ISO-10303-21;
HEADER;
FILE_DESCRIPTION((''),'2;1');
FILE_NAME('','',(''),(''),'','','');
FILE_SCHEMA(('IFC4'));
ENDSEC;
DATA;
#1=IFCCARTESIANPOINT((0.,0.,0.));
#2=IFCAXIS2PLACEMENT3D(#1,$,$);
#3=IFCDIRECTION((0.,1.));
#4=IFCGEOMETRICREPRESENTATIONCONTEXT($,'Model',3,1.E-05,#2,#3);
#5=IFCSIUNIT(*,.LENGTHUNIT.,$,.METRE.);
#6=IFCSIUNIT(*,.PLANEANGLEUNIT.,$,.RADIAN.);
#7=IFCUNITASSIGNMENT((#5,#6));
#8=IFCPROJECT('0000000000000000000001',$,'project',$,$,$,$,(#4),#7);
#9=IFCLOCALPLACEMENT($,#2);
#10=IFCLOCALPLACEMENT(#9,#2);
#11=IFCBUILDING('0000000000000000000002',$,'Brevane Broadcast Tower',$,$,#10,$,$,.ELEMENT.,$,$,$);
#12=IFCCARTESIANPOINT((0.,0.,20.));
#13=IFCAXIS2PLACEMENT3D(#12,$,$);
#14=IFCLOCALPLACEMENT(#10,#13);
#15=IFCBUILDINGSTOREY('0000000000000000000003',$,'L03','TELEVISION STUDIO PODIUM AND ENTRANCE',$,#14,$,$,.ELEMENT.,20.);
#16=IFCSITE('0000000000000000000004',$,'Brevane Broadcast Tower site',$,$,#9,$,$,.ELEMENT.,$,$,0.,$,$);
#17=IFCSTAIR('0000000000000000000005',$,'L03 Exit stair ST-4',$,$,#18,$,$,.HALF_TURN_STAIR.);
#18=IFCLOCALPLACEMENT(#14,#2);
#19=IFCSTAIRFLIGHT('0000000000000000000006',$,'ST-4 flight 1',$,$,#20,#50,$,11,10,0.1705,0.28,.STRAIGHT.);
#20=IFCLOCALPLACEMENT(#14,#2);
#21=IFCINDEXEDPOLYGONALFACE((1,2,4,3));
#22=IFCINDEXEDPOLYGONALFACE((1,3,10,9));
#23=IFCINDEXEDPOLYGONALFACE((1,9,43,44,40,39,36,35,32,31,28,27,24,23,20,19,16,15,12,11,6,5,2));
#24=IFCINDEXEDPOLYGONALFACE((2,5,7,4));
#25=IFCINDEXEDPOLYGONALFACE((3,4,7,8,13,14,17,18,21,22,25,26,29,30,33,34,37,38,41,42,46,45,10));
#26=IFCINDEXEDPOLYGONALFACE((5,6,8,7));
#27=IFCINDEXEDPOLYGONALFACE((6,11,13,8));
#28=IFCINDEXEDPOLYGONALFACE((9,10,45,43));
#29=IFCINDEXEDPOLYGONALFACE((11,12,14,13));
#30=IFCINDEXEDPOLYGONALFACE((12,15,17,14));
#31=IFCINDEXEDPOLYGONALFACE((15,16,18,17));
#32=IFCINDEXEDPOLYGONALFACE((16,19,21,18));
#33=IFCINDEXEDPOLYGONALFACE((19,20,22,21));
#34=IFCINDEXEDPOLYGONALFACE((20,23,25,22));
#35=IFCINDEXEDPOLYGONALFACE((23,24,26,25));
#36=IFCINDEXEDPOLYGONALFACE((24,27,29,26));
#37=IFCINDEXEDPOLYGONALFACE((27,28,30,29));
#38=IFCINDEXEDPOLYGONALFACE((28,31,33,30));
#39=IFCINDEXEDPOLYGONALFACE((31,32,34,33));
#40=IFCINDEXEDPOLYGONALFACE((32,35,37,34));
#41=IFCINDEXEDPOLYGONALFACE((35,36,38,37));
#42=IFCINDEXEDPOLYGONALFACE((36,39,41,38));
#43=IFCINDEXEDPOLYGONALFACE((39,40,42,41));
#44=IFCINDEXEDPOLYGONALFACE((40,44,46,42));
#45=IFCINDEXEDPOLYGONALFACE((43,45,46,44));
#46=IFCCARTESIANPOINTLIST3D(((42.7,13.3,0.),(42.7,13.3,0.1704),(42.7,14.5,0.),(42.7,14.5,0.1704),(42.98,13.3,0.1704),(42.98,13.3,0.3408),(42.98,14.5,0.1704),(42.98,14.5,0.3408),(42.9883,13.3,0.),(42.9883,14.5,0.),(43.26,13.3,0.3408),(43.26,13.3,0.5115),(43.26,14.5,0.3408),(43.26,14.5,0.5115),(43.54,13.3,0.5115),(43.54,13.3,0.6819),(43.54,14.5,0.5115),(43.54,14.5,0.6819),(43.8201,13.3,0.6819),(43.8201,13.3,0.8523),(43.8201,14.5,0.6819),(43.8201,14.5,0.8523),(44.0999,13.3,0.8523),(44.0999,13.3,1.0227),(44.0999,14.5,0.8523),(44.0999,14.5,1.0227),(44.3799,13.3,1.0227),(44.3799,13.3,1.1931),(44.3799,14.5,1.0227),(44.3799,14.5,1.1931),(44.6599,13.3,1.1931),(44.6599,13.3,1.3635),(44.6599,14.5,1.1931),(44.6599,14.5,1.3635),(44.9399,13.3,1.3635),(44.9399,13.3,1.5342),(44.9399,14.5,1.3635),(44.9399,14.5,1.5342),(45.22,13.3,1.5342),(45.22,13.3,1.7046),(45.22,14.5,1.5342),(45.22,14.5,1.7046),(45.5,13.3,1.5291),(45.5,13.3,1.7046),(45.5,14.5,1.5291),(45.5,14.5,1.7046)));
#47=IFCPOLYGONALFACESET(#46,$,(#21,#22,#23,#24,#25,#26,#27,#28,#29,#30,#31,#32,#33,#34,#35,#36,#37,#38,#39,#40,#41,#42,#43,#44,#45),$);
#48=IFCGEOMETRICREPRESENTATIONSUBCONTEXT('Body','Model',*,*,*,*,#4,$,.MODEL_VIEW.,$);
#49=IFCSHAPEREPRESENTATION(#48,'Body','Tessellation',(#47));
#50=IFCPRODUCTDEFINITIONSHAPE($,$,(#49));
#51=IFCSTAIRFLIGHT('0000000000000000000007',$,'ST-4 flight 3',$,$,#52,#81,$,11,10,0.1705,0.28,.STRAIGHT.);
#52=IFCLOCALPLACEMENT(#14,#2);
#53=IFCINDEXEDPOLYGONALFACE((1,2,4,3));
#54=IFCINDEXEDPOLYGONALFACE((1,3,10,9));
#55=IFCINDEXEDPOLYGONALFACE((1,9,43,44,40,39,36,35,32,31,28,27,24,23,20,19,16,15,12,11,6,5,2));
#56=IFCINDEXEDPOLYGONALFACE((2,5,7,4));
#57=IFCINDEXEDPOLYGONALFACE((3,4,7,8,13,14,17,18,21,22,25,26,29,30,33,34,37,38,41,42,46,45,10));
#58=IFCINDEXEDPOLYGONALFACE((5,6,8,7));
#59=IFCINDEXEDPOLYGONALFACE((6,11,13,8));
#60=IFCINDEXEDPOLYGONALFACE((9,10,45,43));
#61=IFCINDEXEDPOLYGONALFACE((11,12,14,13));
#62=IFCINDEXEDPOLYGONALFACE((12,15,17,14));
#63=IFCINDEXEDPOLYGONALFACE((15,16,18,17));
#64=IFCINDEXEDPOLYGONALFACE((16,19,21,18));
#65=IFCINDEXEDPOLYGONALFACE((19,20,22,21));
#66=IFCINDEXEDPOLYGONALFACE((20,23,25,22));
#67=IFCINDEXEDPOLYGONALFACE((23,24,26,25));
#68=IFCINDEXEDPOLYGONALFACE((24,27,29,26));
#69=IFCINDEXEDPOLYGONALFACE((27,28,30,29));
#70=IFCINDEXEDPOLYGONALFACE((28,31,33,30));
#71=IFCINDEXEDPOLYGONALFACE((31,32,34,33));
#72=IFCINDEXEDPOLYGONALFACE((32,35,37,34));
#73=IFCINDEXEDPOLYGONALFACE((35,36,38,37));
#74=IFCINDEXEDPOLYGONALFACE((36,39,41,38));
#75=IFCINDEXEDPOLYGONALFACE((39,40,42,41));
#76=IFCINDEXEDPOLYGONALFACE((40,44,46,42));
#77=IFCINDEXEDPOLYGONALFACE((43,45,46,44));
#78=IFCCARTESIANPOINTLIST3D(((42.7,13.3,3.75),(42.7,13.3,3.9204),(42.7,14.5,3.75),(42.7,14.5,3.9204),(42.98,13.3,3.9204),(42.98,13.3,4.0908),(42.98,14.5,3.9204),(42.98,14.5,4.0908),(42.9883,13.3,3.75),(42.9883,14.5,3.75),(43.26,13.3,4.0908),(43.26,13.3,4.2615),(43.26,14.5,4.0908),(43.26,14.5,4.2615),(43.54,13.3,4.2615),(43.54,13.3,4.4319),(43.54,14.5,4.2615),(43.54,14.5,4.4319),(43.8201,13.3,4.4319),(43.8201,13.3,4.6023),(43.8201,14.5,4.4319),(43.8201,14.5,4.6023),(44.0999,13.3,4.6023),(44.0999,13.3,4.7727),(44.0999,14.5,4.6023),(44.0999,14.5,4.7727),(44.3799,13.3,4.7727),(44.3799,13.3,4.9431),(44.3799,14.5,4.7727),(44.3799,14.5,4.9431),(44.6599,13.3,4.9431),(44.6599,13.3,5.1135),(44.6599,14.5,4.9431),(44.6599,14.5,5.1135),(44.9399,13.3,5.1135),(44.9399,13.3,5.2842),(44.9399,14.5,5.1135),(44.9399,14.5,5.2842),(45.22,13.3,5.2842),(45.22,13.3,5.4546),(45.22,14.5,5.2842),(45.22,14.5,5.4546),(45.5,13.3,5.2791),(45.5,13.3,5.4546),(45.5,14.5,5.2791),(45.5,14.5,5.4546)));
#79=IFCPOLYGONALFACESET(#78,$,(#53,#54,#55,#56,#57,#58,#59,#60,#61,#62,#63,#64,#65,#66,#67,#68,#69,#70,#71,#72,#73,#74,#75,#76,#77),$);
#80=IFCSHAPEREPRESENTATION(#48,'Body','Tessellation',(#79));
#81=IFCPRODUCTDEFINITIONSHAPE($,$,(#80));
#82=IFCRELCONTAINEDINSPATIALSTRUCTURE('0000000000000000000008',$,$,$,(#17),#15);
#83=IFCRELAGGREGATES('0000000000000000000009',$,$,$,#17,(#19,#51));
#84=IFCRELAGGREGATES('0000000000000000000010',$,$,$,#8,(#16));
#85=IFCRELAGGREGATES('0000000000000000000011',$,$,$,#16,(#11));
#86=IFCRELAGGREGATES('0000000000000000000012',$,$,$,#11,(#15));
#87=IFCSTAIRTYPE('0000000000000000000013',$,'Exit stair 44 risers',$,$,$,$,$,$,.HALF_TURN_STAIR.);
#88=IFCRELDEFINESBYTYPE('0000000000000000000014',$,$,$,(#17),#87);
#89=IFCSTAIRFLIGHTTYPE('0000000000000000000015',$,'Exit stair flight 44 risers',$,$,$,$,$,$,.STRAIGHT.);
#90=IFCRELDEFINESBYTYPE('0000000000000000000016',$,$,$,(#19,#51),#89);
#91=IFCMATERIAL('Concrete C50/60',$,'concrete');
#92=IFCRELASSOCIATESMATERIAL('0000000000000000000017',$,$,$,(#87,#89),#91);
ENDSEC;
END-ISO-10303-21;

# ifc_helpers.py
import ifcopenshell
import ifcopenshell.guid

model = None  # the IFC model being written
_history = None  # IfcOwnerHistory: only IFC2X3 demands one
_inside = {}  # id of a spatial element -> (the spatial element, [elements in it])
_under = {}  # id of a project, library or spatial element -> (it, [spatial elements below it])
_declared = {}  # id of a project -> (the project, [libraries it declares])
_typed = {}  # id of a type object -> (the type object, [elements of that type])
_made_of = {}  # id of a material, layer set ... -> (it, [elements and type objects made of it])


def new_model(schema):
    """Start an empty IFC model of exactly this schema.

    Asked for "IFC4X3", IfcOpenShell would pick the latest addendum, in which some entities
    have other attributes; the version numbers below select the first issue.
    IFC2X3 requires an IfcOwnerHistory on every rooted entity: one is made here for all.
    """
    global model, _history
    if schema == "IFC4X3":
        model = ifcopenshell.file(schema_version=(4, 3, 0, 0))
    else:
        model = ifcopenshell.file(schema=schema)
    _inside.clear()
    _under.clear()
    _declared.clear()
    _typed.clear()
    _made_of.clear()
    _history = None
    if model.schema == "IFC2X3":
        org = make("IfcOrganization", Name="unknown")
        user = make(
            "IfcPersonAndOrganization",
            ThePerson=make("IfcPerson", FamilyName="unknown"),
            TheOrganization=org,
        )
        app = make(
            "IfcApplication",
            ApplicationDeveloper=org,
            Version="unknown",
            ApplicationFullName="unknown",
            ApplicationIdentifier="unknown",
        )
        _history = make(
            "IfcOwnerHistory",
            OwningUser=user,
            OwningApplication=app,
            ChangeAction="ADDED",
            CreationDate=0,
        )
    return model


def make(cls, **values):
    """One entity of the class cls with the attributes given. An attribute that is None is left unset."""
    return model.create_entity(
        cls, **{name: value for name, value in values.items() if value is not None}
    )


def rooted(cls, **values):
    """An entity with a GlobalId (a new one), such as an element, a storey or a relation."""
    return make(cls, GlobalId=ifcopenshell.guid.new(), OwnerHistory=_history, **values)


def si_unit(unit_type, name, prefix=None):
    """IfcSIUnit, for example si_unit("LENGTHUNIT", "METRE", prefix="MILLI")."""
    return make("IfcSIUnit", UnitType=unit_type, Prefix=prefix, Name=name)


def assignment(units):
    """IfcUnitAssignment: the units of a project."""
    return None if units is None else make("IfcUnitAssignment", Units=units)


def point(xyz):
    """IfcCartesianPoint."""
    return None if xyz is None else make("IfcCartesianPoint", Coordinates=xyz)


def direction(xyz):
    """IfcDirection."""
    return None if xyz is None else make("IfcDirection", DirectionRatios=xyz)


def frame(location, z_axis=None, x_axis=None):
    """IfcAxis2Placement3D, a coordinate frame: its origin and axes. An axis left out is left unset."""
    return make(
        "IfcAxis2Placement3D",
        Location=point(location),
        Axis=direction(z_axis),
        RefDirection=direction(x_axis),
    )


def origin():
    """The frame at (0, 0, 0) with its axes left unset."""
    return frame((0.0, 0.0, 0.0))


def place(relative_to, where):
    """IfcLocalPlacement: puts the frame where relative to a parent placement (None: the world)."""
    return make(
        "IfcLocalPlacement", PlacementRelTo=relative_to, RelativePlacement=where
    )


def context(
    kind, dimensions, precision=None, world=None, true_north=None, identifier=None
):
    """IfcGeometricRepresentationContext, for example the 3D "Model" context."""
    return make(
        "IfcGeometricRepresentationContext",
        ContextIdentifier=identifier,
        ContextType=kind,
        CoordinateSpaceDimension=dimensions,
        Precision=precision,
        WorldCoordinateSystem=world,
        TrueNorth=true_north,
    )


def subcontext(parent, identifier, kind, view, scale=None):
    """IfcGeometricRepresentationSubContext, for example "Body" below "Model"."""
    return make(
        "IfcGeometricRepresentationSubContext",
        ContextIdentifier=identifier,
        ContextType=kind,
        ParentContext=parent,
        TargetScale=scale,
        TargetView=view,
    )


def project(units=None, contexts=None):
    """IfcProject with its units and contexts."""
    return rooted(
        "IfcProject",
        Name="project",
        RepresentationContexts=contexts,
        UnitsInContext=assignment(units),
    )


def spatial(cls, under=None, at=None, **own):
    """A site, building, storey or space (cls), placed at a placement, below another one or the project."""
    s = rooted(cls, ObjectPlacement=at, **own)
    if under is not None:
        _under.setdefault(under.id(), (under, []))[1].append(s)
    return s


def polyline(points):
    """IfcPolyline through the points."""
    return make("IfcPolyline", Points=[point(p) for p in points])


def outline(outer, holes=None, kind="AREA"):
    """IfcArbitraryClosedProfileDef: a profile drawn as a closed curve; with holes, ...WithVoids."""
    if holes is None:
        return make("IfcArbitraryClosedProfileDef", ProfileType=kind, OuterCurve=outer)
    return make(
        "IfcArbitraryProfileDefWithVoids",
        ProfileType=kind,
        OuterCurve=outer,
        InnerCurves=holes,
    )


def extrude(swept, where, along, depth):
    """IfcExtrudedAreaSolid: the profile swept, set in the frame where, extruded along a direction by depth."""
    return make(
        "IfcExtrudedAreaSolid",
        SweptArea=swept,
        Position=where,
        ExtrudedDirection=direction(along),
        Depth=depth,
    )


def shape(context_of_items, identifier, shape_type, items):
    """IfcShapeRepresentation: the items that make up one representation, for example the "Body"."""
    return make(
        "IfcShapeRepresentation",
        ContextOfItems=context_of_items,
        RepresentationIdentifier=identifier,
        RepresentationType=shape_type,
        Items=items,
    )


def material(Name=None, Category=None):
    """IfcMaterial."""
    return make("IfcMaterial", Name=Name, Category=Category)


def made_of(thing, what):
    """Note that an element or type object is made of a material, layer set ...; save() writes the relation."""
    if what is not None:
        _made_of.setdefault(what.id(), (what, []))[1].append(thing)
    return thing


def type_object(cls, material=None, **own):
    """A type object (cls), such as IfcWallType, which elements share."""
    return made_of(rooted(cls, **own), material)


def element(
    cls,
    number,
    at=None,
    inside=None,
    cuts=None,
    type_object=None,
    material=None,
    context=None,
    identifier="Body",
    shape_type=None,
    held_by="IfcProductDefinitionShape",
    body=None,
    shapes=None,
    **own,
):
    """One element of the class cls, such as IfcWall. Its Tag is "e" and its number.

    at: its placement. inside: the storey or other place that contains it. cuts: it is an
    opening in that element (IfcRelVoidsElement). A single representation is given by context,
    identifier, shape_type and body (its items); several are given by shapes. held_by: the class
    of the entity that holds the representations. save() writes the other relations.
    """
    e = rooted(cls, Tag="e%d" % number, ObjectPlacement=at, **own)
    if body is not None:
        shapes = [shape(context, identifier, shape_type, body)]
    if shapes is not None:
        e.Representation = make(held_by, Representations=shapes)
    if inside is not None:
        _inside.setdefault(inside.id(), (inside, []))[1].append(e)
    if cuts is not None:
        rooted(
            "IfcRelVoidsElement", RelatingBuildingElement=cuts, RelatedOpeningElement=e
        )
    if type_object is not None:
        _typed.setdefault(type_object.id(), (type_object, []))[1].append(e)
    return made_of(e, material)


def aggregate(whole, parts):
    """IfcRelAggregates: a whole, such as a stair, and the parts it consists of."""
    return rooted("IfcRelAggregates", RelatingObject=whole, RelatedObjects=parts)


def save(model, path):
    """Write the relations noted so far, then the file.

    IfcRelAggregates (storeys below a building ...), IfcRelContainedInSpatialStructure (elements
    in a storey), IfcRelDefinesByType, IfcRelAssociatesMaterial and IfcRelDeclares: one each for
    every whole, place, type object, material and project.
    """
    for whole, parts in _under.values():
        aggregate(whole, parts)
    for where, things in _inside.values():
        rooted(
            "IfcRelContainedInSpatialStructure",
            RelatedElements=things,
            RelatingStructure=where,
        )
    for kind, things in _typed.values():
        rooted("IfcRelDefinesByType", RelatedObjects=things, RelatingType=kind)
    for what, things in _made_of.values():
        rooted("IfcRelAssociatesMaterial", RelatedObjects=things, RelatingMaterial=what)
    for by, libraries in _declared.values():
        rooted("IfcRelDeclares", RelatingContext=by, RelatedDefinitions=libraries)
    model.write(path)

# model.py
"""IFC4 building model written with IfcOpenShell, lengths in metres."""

from ifc_helpers import new_model, si_unit, direction, frame, origin, place, context, subcontext, project, spatial, polyline, outline, extrude, material, type_object, element, aggregate, save


model = new_model("IFC4")

# Units and contexts
model_context = context("Model", 3, precision=1e-05, world=origin(), true_north=direction((0.0, 1.0)))
body_context = subcontext(model_context, "Body", "Model", "MODEL_VIEW")
ifc_project = project(units=[si_unit("LENGTHUNIT", "METRE"), si_unit("PLANEANGLEUNIT", "RADIAN")], contexts=[model_context])

# Site, building, storey
site_placement = place(None, origin())
site = spatial("IfcSite", under=ifc_project, at=site_placement, Name="Brevane Broadcast Tower site", CompositionType="ELEMENT", RefElevation=0.0)
building_placement = place(site_placement, origin())
building = spatial("IfcBuilding", under=site, at=building_placement, Name="Brevane Broadcast Tower", CompositionType="ELEMENT")
storey_placement = place(building_placement, frame((0.0, 0.0, 20.0)))
storey = spatial("IfcBuildingStorey", under=building, at=storey_placement, Name="L03", Description="TELEVISION STUDIO PODIUM AND ENTRANCE", CompositionType="ELEMENT", Elevation=20.0)

# Stair, stair flights
ifc_material_1 = material(Name="Concrete C50/60", Category="concrete")
stair_type = type_object("IfcStairType", Name="Exit stair 44 risers", PredefinedType="HALF_TURN_STAIR", material=ifc_material_1)
stair_placement = place(storey_placement, origin())
stair = element("IfcStair", 1, at=stair_placement, inside=storey, type_object=stair_type, Name="L03 Exit stair ST-4", PredefinedType="HALF_TURN_STAIR")
stair_flight_type = type_object("IfcStairFlightType", Name="Exit stair flight 44 risers", PredefinedType="STRAIGHT", material=ifc_material_1)
stair_flight_1_placement = place(storey_placement, frame((42.7, 13.8999, 0.0), z_axis=(0.0, 0.0, 1.0), x_axis=(1.0, 0.0, 0.0)))
stair_flight_1 = element("IfcStairFlight", 2, at=stair_flight_1_placement, type_object=stair_flight_type, Name="ST-4 flight 1", NumberOfRisers=11, NumberOfTreads=10, PredefinedType="STRAIGHT", RiserHeight=0.1705, TreadLength=0.28, context=body_context, shape_type="SweptSolid", body=[
    extrude(outline(polyline([(0.0, 0.0), (0.0, 0.1704), (0.28, 0.1704), (0.28, 0.3408), (0.5601, 0.3408), (0.5601, 0.5115), (0.8401, 0.5115), (0.8401, 0.6819), (1.1201, 0.6819), (1.1201, 0.8523), (1.3999, 0.8523), (1.3999, 1.0227), (1.6799, 1.0227), (1.6799, 1.1931), (1.96, 1.1931), (1.96, 1.3635), (2.24, 1.3635), (2.24, 1.5342), (2.52, 1.5342), (2.52, 1.7046), (2.8, 1.7046), (2.8, 1.875), (2.8, 1.5291), (0.2883, 0.0), (0.0, 0.0)])), frame((0.0, 0.6001, 0.0), z_axis=(0.0, -1.0, 0.0), x_axis=(1.0, 0.0, 0.0)), (0.0, 0.0, 1.0), 1.2),
])
stair_flight_2_placement = place(storey_placement, frame((42.7, 13.8999, 3.75), z_axis=(0.0, 0.0, 1.0), x_axis=(1.0, 0.0, 0.0)))
stair_flight_2 = element("IfcStairFlight", 3, at=stair_flight_2_placement, type_object=stair_flight_type, Name="ST-4 flight 3", NumberOfRisers=11, NumberOfTreads=10, PredefinedType="STRAIGHT", RiserHeight=0.1705, TreadLength=0.28, context=body_context, shape_type="SweptSolid", body=[
    extrude(outline(polyline([(0.0, 0.0), (0.0, 0.1704), (0.28, 0.1704), (0.28, 0.3408), (0.5601, 0.3408), (0.5601, 0.5115), (0.8401, 0.5115), (0.8401, 0.6819), (1.1201, 0.6819), (1.1201, 0.8523), (1.3999, 0.8523), (1.3999, 1.0227), (1.6799, 1.0227), (1.6799, 1.1931), (1.96, 1.1931), (1.96, 1.3635), (2.24, 1.3635), (2.24, 1.5342), (2.52, 1.5342), (2.52, 1.7046), (2.8, 1.7046), (2.8, 1.875), (2.8, 1.5291), (0.2883, 0.0), (0.0, 0.0)])), frame((0.0, 0.6001, 0.0), z_axis=(0.0, -1.0, 0.0), x_axis=(1.0, 0.0, 0.0)), (0.0, 0.0, 1.0), 1.2),
])
aggregate(stair, [stair_flight_1, stair_flight_2])

save(model, "model.ifc")
